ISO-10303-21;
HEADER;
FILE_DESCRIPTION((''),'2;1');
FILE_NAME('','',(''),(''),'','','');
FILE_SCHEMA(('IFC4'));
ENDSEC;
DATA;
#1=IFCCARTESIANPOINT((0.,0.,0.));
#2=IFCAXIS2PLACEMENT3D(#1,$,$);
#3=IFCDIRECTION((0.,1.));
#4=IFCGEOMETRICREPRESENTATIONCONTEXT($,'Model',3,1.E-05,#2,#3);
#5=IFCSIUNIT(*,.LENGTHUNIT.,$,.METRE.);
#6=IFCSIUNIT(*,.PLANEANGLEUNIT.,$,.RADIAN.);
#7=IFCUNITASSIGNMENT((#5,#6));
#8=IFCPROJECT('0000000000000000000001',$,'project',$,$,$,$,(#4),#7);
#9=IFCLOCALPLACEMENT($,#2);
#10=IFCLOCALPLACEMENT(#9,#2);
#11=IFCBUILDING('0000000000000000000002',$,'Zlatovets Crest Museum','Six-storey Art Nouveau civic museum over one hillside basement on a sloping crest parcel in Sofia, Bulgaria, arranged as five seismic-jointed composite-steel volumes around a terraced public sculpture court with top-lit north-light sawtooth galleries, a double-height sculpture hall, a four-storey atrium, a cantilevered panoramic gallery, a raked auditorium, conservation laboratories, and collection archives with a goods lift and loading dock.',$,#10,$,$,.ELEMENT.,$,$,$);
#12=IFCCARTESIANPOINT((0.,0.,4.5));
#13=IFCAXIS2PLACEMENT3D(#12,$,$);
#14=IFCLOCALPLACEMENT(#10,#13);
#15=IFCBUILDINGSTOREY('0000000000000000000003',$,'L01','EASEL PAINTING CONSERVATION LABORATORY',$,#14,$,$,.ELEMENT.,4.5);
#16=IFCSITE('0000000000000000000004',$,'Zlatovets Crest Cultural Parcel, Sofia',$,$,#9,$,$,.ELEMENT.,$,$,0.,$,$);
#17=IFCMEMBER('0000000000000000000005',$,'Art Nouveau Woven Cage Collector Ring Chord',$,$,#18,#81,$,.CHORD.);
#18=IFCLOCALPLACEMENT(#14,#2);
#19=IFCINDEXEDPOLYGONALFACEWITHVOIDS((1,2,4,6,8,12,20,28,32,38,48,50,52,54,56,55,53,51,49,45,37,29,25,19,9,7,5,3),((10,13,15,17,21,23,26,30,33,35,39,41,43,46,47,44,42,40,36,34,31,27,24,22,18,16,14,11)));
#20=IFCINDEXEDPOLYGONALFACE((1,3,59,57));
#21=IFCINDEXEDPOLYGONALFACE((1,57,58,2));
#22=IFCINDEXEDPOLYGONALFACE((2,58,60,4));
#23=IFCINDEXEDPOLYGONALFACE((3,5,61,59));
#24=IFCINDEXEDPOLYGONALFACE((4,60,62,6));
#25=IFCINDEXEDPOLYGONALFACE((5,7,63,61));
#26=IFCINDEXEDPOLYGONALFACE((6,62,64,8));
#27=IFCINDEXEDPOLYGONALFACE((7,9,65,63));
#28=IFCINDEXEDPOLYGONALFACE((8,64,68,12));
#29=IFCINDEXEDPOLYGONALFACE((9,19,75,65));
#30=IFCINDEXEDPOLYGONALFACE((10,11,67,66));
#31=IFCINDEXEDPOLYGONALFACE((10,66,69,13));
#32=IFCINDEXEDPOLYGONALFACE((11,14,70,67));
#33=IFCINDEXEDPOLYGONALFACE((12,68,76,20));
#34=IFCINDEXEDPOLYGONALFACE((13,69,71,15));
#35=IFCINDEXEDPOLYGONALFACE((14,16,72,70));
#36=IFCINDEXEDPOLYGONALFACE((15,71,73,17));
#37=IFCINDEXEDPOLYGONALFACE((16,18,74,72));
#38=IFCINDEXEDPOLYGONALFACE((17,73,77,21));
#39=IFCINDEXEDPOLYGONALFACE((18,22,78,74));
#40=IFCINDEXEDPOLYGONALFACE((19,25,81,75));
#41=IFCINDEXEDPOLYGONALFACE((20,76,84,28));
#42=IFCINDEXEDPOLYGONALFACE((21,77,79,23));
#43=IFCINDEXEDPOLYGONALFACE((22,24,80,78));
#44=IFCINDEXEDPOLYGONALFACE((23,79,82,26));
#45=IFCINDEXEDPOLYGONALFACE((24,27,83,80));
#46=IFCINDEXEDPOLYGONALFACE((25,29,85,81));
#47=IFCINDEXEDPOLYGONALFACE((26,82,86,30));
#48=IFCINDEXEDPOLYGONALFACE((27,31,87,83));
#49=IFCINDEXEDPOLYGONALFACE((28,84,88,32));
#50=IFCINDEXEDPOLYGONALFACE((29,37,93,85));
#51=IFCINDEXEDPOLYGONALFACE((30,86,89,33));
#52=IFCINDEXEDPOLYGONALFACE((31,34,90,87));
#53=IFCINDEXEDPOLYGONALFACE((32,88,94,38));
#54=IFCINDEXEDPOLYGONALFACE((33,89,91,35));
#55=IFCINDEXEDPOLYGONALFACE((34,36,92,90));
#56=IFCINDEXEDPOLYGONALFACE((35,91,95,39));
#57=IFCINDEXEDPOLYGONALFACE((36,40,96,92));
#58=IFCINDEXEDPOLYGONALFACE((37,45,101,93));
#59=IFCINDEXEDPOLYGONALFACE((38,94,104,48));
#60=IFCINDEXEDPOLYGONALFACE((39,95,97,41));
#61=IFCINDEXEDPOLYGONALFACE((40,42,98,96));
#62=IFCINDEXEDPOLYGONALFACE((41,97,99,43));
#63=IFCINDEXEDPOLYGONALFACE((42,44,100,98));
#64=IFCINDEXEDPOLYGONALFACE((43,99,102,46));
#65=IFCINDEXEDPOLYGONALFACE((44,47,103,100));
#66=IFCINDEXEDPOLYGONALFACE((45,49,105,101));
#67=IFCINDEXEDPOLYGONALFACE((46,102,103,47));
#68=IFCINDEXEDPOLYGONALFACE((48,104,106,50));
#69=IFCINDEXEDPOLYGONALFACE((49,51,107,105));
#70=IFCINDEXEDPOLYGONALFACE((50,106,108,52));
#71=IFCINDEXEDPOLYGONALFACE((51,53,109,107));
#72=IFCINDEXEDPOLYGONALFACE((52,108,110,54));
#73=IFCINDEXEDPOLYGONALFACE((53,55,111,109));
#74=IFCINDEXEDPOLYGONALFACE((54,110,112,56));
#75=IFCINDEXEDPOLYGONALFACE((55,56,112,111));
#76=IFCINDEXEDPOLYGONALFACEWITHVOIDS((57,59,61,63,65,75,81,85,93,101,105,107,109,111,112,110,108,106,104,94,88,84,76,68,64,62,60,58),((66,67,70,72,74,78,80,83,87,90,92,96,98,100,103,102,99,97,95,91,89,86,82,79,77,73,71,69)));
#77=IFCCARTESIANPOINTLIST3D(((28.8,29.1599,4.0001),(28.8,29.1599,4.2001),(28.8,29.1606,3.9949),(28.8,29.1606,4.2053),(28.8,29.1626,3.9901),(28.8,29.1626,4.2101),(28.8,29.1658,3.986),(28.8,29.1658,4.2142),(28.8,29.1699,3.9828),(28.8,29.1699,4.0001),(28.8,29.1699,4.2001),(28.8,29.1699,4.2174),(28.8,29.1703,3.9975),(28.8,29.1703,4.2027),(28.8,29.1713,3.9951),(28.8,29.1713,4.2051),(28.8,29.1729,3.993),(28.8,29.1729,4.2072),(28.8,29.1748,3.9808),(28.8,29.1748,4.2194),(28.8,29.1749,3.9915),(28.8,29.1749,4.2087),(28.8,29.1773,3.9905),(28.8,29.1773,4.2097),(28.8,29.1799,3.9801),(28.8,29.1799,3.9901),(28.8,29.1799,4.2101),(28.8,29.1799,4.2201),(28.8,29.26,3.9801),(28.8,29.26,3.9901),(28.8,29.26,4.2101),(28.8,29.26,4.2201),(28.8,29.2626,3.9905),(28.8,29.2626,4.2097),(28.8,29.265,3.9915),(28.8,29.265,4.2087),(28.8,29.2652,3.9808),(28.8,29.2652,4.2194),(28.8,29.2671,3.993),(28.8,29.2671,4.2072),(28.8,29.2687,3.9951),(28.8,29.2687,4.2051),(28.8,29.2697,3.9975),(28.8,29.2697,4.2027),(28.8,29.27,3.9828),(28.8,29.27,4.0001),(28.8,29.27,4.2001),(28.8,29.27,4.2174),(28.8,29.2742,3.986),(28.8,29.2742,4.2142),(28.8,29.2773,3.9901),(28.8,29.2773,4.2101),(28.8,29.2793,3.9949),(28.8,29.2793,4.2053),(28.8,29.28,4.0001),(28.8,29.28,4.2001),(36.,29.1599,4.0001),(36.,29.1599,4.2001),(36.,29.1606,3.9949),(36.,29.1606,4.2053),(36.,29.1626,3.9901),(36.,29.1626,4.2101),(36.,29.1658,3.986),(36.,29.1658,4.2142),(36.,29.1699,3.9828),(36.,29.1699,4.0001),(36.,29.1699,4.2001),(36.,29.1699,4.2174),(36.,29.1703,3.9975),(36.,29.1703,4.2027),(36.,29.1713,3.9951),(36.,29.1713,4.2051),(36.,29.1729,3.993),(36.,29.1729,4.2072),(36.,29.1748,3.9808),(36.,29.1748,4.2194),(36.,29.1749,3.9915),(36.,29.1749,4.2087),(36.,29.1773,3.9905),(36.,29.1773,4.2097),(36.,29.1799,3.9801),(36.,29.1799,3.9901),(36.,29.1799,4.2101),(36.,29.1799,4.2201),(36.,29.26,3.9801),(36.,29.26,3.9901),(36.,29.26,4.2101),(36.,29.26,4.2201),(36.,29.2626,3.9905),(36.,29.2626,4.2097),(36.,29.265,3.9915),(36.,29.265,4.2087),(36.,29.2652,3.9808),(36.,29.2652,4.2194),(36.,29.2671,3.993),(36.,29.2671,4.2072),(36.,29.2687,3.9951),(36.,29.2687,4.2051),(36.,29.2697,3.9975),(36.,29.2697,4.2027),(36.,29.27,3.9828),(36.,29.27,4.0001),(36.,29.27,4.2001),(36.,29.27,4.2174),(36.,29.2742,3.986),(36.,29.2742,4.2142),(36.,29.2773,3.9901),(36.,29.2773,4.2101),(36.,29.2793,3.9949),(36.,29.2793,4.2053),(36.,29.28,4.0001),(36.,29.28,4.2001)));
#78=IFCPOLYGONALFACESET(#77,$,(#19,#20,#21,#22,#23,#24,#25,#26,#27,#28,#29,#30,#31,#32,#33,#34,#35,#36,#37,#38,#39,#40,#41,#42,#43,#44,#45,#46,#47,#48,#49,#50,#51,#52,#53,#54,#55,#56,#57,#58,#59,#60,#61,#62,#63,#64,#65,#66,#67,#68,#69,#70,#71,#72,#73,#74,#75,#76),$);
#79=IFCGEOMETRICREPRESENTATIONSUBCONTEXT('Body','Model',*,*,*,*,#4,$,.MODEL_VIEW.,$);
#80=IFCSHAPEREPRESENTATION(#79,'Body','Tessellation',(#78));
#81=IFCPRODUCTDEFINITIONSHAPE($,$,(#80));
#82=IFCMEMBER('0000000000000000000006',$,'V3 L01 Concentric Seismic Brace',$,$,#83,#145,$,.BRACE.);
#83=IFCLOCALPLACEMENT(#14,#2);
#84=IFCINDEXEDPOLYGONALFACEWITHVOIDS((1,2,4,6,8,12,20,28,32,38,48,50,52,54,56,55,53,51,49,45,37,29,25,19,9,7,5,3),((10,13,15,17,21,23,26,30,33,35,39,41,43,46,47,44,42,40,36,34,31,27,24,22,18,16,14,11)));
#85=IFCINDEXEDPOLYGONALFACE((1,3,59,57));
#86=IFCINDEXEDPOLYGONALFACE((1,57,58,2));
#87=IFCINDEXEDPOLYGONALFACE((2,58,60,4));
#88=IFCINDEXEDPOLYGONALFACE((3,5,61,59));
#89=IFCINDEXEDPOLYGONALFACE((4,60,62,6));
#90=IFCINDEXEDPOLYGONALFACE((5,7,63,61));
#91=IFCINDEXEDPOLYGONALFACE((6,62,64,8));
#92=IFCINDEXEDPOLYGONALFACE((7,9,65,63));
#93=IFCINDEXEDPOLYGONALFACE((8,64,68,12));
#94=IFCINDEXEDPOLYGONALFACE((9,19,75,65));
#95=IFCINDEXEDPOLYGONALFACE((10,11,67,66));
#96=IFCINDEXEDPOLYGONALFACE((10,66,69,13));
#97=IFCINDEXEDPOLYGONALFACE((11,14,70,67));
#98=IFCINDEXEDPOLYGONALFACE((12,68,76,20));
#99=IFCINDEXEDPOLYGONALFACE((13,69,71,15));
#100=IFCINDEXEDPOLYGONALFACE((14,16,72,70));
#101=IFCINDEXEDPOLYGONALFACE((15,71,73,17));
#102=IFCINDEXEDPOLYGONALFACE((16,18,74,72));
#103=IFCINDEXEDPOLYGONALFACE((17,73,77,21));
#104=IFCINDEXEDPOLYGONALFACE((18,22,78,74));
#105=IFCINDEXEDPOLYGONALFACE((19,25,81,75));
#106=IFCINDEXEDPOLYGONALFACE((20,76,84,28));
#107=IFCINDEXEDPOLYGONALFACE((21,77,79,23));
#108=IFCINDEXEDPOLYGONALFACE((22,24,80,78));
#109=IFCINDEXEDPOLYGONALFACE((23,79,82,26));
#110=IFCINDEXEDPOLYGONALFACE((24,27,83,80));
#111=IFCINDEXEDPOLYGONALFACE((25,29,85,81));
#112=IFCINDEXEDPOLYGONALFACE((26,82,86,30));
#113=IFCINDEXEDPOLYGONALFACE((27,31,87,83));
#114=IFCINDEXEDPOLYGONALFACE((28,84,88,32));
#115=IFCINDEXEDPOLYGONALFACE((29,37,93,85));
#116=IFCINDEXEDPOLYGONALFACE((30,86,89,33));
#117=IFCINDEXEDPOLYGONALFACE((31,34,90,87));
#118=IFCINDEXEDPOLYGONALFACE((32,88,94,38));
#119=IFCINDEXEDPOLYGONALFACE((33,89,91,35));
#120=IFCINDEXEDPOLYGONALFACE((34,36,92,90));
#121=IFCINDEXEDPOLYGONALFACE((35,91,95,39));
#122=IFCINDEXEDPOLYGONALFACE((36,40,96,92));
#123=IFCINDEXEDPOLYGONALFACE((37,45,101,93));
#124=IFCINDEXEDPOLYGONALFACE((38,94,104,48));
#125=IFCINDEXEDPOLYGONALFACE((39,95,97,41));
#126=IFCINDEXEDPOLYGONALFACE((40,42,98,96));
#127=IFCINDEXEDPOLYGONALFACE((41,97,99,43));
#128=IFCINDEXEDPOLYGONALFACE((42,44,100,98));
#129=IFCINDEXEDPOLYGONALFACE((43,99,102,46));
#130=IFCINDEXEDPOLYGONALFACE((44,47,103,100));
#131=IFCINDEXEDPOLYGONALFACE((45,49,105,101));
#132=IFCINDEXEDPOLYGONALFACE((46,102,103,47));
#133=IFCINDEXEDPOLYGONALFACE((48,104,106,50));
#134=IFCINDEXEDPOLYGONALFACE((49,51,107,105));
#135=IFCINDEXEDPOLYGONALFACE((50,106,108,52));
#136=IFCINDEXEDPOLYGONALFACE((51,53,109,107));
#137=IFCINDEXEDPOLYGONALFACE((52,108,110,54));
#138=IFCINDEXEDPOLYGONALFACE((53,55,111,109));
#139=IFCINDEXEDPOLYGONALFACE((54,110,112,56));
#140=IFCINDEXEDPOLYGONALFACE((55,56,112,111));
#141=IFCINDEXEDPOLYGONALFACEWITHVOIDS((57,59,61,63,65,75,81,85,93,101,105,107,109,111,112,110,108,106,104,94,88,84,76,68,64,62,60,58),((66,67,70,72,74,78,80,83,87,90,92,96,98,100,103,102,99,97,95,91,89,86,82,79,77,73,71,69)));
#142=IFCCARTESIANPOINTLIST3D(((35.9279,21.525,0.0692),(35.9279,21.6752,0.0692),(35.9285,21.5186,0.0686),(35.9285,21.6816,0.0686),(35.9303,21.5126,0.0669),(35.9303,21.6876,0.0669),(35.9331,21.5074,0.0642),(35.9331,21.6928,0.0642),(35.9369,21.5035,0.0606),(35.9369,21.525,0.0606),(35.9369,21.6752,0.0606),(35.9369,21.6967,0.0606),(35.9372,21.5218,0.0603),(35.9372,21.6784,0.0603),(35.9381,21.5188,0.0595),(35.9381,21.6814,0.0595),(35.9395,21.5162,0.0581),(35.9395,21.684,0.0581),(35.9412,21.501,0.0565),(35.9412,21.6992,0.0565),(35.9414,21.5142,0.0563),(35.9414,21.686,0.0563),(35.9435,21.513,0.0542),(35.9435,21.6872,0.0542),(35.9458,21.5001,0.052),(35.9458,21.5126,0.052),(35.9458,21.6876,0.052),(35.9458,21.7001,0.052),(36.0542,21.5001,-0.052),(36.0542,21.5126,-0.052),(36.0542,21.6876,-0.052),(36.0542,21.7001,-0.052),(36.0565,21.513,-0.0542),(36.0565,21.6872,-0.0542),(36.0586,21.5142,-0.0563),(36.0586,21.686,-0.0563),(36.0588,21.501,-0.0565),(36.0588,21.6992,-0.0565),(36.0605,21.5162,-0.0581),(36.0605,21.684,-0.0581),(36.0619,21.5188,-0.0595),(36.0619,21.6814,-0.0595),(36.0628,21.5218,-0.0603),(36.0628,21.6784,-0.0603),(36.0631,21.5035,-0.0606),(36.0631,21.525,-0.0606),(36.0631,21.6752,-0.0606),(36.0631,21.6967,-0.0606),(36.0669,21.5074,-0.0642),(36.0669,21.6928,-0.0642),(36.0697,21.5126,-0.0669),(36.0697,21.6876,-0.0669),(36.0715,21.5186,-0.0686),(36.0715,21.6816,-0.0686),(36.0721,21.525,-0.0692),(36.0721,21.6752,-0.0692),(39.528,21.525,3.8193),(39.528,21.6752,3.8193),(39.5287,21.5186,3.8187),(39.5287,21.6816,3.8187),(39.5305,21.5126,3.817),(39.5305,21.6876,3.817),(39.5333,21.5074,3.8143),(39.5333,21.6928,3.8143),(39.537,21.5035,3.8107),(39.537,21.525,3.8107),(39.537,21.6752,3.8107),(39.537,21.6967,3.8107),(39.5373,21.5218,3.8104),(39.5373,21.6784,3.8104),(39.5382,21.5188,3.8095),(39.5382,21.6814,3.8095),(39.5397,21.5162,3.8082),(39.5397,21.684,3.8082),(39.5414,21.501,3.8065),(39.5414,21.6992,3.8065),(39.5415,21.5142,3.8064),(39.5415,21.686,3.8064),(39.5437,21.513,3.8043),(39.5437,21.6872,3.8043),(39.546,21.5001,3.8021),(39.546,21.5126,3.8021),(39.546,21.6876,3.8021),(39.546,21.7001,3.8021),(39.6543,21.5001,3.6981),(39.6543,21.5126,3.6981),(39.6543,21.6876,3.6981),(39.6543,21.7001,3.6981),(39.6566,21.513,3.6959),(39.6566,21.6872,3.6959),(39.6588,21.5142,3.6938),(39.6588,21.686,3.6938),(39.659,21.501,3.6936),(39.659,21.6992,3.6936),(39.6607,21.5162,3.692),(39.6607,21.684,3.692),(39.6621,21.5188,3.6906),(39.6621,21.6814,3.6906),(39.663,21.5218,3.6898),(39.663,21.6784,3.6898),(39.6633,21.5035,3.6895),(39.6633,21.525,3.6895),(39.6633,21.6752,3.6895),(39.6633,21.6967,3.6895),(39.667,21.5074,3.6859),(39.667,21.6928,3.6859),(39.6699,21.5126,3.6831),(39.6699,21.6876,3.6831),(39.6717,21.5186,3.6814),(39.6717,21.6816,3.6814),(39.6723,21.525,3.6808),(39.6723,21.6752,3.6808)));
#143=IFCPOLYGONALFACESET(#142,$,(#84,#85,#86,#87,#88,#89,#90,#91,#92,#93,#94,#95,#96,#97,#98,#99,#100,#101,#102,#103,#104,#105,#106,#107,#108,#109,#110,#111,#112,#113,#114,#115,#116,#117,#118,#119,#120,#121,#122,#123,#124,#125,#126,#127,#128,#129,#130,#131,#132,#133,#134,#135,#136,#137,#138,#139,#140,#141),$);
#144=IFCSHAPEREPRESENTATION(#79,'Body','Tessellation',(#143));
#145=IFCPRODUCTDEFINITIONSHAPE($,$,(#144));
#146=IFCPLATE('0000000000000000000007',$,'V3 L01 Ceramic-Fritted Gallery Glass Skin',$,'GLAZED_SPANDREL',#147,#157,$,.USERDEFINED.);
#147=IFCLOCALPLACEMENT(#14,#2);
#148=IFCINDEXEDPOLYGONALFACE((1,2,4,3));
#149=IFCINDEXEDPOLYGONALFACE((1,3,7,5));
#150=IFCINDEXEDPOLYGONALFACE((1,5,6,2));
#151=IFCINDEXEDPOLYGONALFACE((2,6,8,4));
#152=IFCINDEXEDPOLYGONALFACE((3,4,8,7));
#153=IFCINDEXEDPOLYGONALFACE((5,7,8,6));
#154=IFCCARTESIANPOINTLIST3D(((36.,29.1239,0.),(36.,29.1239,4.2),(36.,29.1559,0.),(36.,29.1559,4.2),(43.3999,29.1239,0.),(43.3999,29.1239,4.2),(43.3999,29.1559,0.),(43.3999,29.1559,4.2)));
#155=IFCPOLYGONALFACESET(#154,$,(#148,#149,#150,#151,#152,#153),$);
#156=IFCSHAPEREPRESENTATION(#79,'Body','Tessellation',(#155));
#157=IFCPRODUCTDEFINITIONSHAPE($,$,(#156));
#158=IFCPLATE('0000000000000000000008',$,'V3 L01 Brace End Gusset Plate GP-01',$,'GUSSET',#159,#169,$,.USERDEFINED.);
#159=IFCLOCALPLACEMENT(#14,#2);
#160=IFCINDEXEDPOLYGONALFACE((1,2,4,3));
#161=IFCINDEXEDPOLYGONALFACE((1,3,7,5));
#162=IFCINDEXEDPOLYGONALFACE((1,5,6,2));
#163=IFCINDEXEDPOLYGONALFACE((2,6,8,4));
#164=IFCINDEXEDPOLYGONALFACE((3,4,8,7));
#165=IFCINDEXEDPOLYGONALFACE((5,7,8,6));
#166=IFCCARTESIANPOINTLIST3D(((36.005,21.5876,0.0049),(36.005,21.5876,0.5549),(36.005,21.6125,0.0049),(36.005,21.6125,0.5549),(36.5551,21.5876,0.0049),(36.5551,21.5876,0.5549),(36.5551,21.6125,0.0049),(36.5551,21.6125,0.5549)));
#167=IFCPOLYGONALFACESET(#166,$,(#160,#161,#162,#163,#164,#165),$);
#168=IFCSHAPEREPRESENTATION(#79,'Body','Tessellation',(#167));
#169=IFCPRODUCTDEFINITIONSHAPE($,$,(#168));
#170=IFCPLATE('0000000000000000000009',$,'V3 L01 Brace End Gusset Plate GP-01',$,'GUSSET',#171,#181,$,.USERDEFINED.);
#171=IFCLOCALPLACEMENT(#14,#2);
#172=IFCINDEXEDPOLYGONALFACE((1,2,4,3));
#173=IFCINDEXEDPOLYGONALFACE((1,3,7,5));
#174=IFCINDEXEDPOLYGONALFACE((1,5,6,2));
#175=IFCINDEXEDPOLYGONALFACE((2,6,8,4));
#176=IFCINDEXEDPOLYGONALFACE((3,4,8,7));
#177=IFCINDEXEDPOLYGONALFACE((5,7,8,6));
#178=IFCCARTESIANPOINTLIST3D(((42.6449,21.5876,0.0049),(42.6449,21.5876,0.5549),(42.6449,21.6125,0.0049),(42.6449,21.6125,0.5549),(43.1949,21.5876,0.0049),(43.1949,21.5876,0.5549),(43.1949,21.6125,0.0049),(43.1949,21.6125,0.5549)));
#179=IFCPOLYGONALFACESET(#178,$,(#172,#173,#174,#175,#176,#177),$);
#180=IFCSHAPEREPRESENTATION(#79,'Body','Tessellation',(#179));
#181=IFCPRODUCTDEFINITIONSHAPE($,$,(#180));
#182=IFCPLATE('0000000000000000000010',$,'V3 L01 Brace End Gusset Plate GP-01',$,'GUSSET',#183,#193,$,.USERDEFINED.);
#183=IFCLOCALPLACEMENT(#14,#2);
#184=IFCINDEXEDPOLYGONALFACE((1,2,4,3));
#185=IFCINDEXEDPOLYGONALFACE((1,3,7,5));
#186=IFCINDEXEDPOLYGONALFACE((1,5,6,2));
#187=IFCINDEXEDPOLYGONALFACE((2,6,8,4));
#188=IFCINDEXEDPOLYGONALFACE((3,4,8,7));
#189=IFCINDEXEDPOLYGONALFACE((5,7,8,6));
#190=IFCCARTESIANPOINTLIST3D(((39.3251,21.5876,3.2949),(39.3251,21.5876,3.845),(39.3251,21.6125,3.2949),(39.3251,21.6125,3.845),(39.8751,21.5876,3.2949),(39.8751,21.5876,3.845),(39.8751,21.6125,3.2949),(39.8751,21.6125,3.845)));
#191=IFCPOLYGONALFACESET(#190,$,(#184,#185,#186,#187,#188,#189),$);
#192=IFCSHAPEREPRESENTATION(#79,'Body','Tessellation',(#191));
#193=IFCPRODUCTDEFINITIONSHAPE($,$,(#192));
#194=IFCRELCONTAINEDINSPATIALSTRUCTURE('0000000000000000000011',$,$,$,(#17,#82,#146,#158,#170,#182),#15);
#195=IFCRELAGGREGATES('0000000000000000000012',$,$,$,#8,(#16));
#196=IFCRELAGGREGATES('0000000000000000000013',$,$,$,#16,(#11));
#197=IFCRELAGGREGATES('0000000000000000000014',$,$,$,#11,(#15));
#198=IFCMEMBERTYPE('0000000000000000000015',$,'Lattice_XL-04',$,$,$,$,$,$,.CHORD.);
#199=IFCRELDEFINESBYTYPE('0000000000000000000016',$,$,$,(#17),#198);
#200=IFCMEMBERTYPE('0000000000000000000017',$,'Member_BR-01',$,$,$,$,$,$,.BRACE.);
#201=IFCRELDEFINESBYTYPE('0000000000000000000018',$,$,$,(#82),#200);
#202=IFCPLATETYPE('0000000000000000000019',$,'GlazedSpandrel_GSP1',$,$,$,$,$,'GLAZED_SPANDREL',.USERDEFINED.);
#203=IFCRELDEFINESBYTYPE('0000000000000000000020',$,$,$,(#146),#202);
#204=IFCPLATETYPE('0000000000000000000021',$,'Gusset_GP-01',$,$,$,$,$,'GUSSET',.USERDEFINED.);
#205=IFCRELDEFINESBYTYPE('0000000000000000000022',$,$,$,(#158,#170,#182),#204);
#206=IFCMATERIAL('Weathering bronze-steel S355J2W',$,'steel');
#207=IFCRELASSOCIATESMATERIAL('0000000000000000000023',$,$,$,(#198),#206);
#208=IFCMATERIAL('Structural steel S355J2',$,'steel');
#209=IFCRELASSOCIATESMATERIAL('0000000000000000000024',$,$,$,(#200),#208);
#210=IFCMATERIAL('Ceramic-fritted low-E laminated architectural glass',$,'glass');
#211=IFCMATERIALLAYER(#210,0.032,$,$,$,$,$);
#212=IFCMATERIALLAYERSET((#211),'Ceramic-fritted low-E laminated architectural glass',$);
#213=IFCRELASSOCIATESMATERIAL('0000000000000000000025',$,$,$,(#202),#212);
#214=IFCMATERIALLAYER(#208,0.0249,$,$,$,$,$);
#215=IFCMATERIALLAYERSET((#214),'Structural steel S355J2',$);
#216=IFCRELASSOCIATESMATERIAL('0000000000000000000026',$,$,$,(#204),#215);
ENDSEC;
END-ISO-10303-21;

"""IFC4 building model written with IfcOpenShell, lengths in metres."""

from ifc_helpers import new_model, si_unit, direction, frame, origin, origin_2d, place, context, subcontext, project, spatial, rectangle, hollow_rectangle, extrude, material, layer, layer_set, material_profile, profile_set, type_object, element, save


model = new_model("IFC4")

# Units and contexts
model_context = context("Model", 3, precision=1e-05, world=origin(), true_north=direction((0.0, 1.0)))
body_context = subcontext(model_context, "Body", "Model", "MODEL_VIEW")
ifc_project = project(units=[si_unit("LENGTHUNIT", "METRE"), si_unit("PLANEANGLEUNIT", "RADIAN")], contexts=[model_context])

# Site, building, storey
site_placement = place(None, origin())
site = spatial("IfcSite", under=ifc_project, at=site_placement, Name="Zlatovets Crest Cultural Parcel, Sofia", CompositionType="ELEMENT", RefElevation=0.0)
building_placement = place(site_placement, origin())
building = spatial("IfcBuilding", under=site, at=building_placement, Name="Zlatovets Crest Museum", Description="Six-storey Art Nouveau civic museum over one hillside basement on a sloping crest parcel in Sofia, Bulgaria, arranged as five seismic-jointed composite-steel volumes around a terraced public sculpture court with top-lit north-light sawtooth galleries, a double-height sculpture hall, a four-storey atrium, a cantilevered panoramic gallery, a raked auditorium, conservation laboratories, and collection archives with a goods lift and loading dock.", CompositionType="ELEMENT")
storey_placement = place(building_placement, frame((0.0, 0.0, 4.5)))
storey = spatial("IfcBuildingStorey", under=building, at=storey_placement, Name="L01", Description="EASEL PAINTING CONSERVATION LABORATORY", CompositionType="ELEMENT", Elevation=4.5)

# Shared definitions
ifc_material_1 = material(Name="Structural steel S355J2", Category="steel")

# Members
ifc_material_2 = material(Name="Weathering bronze-steel S355J2W", Category="steel")
ifc_material_profile_1 = material_profile(ifc_material_2, hollow_rectangle(XDim=0.1201, YDim=0.24, WallThickness=0.01, InnerFilletRadius=0.01, OuterFilletRadius=0.02, at=origin_2d()), Name="RHS 120x240x10.0")
ifc_profile_set_1 = profile_set([ifc_material_profile_1], Name="Weathering bronze-steel S355J2W")
member_type_1 = type_object("IfcMemberType", Name="Lattice_XL-04", PredefinedType="CHORD", material=ifc_profile_set_1)
member_1_placement = place(storey_placement, frame((36.0, 29.22, 4.1001), z_axis=(-1.0, 0.0, 0.0), x_axis=(0.0, -1.0, 0.0)))
element("IfcMember", 1, at=member_1_placement, inside=storey, type_object=member_type_1, Name="Art Nouveau Woven Cage Collector Ring Chord", PredefinedType="CHORD", context=body_context, shape_type="SweptSolid", body=[
    extrude(hollow_rectangle(XDim=0.1201, YDim=0.24, WallThickness=0.01, InnerFilletRadius=0.01, OuterFilletRadius=0.02, at=origin_2d()), origin(), (0.0, 0.0, 1.0), 7.2),
])
ifc_material_profile_2 = material_profile(ifc_material_1, hollow_rectangle(XDim=0.2, YDim=0.2, WallThickness=0.0125, InnerFilletRadius=0.0125, OuterFilletRadius=0.0249, at=origin_2d()), Name="SHS 200x200x12.5")
ifc_profile_set_2 = profile_set([ifc_material_profile_2], Name="Structural steel S355J2")
member_type_2 = type_object("IfcMemberType", Name="Member_BR-01", PredefinedType="BRACE", material=ifc_profile_set_2)
member_2_placement = place(storey_placement, frame((36.0, 21.6001, 0.0), z_axis=(0.692542, 0.0, 0.721378), x_axis=(0.0, 1.0, 0.0)))
element("IfcMember", 2, at=member_2_placement, inside=storey, type_object=member_type_2, Name="V3 L01 Concentric Seismic Brace", PredefinedType="BRACE", context=body_context, shape_type="SweptSolid", body=[
    extrude(hollow_rectangle(XDim=0.2, YDim=0.2, WallThickness=0.0125, InnerFilletRadius=0.0125, OuterFilletRadius=0.0249, at=origin_2d()), origin(), (0.0, 0.0, 1.0), 5.1985),
])

# Plates
ifc_material_3 = material(Name="Ceramic-fritted low-E laminated architectural glass", Category="glass")
ifc_layer_1 = layer(ifc_material_3, 0.032)
ifc_layer_set_1 = layer_set([ifc_layer_1], Name="Ceramic-fritted low-E laminated architectural glass")
plate_type_1 = type_object("IfcPlateType", Name="GlazedSpandrel_GSP1", ElementType="GLAZED_SPANDREL", PredefinedType="USERDEFINED", material=ifc_layer_set_1)
plate_placement = place(storey_placement, frame((39.7, 29.1399, 0.0), z_axis=(0.0, 0.0, 1.0), x_axis=(1.0, 0.0, 0.0)))
element("IfcPlate", 3, at=plate_placement, inside=storey, type_object=plate_type_1, Name="V3 L01 Ceramic-Fritted Gallery Glass Skin", ObjectType="GLAZED_SPANDREL", PredefinedType="USERDEFINED", context=body_context, shape_type="SweptSolid", body=[
    extrude(rectangle(XDim=7.3999, YDim=0.032, at=origin_2d()), origin(), (0.0, 0.0, 1.0), 4.2),
])
ifc_layer_2 = layer(ifc_material_1, 0.0249)
ifc_layer_set_2 = layer_set([ifc_layer_2], Name="Structural steel S355J2")
plate_type_2 = type_object("IfcPlateType", Name="Gusset_GP-01", ElementType="GUSSET", PredefinedType="USERDEFINED", material=ifc_layer_set_2)
for number, where, z_axis, x_axis, name in (
    (4, (36.28, 21.6001, 0.0049), (0.0, 0.0, 1.0), (1.0, 0.0, 0.0), "V3 L01 Brace End Gusset Plate GP-01"),
    (5, (42.9199, 21.6001, 0.0049), (0.0, 0.0, 1.0), (1.0, 0.0, 0.0), "V3 L01 Brace End Gusset Plate GP-01"),
    (6, (39.6001, 21.6001, 3.2949), (0.0, 0.0, 1.0), (1.0, 0.0, 0.0), "V3 L01 Brace End Gusset Plate GP-01"),
):
    element("IfcPlate", number, at=place(storey_placement, frame(where, z_axis=z_axis, x_axis=x_axis)), inside=storey, type_object=plate_type_2, Name=name, ObjectType="GUSSET", PredefinedType="USERDEFINED", context=body_context, shape_type="SweptSolid", body=[
        extrude(rectangle(XDim=0.55, YDim=0.0249, at=origin_2d()), origin(), (0.0, 0.0, 1.0), 0.55),
    ])

save(model, "model.ifc")
